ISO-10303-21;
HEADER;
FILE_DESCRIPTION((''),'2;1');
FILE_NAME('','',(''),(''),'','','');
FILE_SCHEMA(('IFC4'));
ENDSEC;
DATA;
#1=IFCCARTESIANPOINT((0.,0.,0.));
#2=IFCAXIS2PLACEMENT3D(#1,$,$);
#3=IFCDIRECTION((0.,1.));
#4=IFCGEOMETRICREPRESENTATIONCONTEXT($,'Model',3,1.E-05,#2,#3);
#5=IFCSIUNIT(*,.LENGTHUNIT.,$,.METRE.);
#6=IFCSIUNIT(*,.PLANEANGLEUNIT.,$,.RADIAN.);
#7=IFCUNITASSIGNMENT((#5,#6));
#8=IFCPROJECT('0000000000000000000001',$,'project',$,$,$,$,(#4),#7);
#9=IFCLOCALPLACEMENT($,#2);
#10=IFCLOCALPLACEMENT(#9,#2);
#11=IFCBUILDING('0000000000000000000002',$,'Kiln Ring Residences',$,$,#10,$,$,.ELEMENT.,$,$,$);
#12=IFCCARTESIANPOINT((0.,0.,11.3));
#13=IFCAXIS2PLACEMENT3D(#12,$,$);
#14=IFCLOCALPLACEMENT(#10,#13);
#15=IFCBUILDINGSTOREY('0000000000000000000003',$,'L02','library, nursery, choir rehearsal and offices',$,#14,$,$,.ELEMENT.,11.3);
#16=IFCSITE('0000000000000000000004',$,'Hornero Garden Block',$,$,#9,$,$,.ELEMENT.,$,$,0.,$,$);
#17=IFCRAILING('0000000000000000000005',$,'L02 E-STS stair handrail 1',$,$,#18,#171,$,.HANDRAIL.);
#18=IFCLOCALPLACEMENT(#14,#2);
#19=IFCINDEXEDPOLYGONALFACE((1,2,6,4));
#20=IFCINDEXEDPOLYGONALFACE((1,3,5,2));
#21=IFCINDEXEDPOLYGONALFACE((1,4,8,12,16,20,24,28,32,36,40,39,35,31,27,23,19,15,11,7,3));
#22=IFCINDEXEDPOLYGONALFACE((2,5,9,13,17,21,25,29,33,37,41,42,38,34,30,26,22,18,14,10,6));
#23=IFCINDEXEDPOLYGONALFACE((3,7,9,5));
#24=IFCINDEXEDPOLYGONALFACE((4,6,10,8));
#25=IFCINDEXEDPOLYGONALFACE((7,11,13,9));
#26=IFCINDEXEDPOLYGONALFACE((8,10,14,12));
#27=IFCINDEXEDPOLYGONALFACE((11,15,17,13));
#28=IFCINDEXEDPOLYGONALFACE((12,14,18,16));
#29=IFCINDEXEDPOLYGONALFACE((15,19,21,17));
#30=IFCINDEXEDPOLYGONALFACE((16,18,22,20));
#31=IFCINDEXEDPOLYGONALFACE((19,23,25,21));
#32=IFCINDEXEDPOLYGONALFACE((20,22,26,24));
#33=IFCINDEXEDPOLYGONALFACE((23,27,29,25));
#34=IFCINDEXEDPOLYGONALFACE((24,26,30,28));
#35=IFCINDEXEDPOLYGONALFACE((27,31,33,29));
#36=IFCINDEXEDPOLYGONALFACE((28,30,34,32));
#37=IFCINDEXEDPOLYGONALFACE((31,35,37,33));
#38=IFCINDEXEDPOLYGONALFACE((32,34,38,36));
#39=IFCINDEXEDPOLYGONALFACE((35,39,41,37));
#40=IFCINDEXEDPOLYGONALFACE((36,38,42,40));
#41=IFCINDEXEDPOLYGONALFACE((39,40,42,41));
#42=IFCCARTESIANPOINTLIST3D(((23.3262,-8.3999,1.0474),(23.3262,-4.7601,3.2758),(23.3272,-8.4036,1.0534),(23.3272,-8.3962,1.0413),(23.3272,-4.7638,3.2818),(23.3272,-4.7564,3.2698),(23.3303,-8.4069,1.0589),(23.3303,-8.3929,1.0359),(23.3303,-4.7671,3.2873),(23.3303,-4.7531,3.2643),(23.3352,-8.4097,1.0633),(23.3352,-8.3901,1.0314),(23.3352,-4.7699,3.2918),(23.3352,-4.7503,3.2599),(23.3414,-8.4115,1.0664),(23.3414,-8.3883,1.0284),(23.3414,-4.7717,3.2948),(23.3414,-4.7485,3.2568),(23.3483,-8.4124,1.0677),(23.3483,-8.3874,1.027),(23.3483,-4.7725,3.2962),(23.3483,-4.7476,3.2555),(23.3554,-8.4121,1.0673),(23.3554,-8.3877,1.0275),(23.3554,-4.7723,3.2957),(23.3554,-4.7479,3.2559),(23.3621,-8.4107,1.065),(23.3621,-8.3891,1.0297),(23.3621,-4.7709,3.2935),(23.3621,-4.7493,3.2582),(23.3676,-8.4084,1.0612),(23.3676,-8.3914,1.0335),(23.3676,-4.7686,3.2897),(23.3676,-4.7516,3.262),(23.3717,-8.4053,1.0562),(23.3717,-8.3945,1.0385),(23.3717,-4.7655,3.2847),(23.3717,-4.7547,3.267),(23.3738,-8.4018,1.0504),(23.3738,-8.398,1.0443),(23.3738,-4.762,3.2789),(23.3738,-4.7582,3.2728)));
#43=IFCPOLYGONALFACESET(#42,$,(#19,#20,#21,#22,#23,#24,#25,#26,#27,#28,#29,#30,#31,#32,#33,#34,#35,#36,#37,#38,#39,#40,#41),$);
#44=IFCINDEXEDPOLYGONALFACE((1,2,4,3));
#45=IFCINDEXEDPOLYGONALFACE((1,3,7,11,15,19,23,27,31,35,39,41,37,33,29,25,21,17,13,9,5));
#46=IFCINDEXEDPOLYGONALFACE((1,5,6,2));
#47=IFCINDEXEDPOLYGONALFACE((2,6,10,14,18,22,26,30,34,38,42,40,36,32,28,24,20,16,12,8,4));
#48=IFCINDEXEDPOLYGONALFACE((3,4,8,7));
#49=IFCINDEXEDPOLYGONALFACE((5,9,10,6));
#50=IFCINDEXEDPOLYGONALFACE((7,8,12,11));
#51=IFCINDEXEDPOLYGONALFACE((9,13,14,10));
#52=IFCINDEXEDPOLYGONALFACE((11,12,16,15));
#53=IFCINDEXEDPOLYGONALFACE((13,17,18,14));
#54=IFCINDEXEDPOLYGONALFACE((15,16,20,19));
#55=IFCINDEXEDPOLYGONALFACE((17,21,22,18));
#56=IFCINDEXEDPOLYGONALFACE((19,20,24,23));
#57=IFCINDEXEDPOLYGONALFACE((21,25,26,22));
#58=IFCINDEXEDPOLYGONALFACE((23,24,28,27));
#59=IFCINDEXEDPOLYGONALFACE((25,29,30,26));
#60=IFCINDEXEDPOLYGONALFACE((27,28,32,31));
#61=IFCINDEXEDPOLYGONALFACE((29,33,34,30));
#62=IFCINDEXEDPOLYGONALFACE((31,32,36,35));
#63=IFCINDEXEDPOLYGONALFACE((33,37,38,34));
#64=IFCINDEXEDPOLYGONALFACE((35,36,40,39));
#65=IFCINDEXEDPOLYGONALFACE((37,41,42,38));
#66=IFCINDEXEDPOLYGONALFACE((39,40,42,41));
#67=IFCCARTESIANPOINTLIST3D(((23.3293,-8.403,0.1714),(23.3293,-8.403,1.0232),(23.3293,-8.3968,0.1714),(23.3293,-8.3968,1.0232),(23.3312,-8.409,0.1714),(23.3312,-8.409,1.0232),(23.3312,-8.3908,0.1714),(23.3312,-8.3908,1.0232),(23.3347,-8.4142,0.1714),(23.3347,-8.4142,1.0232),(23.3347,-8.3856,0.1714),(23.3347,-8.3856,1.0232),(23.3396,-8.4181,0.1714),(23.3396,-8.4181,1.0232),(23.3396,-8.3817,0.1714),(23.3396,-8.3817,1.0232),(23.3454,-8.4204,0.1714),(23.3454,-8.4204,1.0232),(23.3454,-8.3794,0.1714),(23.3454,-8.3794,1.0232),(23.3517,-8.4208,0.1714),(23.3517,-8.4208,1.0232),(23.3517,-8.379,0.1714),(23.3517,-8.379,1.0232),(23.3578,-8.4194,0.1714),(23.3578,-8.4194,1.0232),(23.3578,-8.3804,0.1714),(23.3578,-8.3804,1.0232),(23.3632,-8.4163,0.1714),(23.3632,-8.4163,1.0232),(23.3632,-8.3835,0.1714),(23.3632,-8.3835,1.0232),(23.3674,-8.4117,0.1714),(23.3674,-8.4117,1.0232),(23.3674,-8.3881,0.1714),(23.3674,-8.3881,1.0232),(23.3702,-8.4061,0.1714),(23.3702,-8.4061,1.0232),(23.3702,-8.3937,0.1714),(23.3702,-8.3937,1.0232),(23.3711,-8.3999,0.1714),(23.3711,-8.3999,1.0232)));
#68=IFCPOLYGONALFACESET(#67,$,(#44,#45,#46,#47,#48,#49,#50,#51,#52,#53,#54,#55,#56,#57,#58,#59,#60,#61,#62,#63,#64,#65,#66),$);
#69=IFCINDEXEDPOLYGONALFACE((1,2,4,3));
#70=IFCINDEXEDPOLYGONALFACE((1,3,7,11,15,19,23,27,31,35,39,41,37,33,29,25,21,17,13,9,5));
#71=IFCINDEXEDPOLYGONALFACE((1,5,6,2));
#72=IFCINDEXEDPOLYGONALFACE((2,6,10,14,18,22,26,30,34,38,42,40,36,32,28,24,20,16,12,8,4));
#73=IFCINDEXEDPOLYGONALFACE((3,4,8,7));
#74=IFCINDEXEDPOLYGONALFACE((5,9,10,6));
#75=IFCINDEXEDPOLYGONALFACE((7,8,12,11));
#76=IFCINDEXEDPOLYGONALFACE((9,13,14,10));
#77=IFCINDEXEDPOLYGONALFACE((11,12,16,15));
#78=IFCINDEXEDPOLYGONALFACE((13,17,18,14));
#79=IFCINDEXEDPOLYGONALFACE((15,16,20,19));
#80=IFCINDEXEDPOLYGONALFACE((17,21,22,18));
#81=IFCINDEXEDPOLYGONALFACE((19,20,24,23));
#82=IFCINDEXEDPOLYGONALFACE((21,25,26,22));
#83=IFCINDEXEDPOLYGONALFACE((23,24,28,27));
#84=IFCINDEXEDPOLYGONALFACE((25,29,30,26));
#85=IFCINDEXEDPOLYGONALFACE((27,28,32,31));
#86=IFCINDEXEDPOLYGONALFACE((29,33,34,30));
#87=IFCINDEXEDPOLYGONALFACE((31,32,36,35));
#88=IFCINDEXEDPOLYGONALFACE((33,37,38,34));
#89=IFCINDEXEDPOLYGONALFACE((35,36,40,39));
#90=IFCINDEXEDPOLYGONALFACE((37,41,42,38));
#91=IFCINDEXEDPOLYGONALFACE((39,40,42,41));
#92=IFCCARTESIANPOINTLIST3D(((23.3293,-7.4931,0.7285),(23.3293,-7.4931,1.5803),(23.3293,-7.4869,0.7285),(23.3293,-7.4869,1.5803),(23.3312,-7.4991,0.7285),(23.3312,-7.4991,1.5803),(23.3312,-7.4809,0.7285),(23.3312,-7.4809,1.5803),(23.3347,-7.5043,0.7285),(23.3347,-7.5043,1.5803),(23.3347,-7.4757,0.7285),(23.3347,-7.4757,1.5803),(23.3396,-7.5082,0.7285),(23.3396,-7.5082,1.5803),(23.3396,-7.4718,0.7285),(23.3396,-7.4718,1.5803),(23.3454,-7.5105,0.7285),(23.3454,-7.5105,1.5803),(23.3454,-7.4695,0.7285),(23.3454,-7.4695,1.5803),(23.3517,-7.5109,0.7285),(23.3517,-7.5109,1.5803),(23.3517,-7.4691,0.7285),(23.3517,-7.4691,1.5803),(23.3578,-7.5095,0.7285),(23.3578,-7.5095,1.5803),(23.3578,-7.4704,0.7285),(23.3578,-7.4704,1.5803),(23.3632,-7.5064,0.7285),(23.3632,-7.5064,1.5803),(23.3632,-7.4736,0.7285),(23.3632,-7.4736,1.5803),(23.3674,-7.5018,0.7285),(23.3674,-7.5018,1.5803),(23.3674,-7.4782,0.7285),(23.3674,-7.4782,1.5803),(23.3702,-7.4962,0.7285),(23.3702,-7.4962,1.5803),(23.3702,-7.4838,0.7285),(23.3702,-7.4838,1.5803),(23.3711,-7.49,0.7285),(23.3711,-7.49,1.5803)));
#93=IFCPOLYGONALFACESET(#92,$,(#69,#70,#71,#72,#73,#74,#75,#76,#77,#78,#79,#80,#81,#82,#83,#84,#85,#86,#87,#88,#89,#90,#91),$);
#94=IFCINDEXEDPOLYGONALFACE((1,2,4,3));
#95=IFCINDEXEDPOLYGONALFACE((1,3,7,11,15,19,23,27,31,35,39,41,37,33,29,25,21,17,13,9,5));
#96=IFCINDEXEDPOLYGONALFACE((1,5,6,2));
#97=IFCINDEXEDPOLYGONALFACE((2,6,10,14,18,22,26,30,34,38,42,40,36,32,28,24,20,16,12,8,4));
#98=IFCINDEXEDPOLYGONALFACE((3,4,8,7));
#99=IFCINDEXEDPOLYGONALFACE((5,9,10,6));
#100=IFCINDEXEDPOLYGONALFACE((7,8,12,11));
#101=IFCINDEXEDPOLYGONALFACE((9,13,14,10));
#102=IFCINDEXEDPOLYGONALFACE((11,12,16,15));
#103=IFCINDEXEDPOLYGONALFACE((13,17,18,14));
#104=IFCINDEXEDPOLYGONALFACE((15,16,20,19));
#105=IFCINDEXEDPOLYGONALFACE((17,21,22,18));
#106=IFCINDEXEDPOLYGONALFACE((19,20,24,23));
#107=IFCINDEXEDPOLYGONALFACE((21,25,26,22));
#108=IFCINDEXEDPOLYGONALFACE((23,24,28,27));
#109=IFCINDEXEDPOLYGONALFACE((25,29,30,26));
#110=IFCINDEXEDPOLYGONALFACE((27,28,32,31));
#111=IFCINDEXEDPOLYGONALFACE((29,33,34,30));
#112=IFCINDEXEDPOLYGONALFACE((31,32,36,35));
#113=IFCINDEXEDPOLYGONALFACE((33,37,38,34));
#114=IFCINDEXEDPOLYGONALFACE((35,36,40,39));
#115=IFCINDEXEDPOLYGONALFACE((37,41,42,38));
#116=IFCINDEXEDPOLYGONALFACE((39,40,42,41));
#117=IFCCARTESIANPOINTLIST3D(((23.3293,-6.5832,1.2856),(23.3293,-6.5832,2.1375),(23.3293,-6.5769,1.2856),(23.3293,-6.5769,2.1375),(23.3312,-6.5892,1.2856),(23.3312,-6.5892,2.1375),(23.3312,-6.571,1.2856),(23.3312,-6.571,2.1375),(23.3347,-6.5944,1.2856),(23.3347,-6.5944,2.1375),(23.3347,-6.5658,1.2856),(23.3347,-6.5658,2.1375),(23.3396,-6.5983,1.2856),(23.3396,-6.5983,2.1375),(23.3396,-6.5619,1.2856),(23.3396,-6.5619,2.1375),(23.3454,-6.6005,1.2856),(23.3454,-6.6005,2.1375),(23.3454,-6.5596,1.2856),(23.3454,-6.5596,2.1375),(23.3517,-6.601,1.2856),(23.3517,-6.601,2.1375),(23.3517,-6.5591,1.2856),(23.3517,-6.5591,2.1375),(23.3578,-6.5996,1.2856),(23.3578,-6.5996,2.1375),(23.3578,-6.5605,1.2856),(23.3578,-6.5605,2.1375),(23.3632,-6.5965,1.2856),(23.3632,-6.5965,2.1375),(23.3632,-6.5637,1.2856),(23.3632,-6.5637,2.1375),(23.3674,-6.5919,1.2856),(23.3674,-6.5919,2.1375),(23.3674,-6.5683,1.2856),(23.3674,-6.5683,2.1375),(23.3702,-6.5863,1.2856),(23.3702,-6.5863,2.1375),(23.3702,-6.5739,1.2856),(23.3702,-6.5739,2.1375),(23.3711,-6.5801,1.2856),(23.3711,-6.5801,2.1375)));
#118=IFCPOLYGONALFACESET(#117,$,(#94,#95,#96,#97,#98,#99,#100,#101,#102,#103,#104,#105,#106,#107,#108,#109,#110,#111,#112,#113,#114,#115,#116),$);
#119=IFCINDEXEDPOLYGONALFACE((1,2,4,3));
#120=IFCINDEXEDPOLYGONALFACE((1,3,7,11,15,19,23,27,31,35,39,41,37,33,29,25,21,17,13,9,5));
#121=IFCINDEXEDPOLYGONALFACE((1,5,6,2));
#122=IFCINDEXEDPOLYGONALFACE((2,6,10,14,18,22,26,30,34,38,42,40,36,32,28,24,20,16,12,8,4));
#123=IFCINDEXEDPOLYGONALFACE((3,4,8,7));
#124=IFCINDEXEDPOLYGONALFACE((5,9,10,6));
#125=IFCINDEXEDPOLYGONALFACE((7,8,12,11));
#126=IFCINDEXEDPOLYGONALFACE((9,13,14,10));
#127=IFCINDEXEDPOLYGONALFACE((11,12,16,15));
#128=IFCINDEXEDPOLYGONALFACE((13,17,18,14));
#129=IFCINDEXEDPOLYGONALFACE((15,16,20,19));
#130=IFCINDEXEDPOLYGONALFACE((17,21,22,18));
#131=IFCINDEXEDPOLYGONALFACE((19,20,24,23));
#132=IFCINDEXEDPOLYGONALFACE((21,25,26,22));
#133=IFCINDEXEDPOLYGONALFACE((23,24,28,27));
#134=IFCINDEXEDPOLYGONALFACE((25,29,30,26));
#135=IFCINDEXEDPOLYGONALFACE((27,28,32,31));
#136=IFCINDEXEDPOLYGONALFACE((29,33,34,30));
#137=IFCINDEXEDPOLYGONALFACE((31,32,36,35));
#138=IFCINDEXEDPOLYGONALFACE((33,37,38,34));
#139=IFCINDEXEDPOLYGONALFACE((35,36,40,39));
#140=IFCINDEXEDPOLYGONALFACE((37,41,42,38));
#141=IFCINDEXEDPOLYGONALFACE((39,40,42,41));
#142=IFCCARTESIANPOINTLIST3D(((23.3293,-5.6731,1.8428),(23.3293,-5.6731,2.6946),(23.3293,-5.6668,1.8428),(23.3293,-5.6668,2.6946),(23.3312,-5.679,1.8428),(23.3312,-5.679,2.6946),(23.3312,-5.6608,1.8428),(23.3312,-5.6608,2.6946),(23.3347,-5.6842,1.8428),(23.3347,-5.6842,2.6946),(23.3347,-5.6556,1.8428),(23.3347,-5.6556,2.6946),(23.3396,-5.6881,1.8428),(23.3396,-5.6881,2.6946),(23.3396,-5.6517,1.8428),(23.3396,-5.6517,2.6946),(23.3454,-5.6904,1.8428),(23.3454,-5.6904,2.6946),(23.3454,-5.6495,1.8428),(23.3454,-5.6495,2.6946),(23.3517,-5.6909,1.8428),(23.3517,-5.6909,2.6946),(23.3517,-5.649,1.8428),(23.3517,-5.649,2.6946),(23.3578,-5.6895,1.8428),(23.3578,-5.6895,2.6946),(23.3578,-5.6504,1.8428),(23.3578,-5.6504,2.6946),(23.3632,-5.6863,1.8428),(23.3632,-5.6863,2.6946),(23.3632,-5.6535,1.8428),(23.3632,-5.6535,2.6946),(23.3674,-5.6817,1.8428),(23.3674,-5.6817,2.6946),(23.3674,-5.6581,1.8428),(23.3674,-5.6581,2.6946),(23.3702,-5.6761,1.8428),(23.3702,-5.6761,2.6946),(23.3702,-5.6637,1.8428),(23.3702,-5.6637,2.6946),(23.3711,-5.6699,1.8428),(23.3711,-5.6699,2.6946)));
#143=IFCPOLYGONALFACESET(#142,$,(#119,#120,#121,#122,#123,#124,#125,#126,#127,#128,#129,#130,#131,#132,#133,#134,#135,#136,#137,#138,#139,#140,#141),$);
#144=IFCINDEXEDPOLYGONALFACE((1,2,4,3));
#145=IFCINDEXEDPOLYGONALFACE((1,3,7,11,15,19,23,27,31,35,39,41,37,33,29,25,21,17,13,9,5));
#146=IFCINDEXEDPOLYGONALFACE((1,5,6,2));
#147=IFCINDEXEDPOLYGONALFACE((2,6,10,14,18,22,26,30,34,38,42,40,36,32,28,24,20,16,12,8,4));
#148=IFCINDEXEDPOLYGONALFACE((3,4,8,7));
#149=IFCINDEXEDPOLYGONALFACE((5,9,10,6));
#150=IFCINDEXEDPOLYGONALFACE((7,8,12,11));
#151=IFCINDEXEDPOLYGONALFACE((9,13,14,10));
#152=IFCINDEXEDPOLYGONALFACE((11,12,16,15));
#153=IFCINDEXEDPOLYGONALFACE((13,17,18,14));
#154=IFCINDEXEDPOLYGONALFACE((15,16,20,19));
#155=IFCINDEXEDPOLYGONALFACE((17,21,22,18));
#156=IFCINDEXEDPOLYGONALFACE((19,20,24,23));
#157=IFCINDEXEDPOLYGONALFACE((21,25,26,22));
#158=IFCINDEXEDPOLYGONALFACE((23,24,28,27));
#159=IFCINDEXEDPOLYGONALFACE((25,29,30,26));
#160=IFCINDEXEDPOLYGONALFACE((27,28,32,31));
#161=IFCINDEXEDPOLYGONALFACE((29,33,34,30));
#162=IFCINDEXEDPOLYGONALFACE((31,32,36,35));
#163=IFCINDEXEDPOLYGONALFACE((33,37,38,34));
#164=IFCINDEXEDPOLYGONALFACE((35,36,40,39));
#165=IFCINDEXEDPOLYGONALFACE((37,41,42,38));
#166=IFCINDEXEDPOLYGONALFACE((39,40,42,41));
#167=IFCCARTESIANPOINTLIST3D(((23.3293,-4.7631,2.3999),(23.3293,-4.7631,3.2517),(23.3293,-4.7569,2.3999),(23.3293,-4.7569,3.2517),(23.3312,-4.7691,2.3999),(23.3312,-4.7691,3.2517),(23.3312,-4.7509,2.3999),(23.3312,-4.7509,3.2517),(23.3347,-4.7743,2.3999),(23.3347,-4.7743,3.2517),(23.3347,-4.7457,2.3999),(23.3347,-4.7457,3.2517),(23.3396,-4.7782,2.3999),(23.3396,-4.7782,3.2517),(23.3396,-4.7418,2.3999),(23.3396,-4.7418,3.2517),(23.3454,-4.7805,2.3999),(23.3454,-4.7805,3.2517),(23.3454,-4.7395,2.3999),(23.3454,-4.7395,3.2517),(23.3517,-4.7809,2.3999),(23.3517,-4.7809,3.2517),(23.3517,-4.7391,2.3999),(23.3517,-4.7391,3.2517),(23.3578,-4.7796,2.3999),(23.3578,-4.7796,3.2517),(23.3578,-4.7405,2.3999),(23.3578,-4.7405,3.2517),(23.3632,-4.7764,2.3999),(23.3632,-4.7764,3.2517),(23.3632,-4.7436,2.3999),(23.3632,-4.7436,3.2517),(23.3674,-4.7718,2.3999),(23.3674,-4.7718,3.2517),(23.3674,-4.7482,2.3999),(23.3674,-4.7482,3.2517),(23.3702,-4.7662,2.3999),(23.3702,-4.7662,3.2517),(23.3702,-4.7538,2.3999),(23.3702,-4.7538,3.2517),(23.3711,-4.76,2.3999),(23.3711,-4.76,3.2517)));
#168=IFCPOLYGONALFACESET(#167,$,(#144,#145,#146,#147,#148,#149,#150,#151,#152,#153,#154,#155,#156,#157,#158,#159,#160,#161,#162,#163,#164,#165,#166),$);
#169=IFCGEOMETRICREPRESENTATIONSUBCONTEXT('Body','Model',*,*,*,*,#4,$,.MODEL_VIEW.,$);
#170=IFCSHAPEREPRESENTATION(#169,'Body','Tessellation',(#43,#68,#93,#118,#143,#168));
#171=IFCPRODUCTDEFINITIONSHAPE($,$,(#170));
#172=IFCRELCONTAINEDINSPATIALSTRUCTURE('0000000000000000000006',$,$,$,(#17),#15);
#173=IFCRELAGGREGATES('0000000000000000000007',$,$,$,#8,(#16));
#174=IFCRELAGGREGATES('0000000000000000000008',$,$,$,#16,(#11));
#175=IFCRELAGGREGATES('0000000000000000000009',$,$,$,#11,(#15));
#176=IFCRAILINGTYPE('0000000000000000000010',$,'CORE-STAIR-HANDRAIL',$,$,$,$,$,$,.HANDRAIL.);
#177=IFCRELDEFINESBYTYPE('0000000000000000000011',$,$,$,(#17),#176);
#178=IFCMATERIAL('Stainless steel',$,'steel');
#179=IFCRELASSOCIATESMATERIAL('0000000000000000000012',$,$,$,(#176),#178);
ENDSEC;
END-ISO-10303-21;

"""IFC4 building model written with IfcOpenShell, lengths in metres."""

from ifc_helpers import new_model, si_unit, direction, frame, origin, origin_2d, place, context, subcontext, project, spatial, circle, extrude, material, type_object, element, save


model = new_model("IFC4")

# Units and contexts
model_context = context("Model", 3, precision=1e-05, world=origin(), true_north=direction((0.0, 1.0)))
body_context = subcontext(model_context, "Body", "Model", "MODEL_VIEW")
ifc_project = project(units=[si_unit("LENGTHUNIT", "METRE"), si_unit("PLANEANGLEUNIT", "RADIAN")], contexts=[model_context])

# Site, building, storey
site_placement = place(None, origin())
site = spatial("IfcSite", under=ifc_project, at=site_placement, Name="Hornero Garden Block", CompositionType="ELEMENT", RefElevation=0.0)
building_placement = place(site_placement, origin())
building = spatial("IfcBuilding", under=site, at=building_placement, Name="Kiln Ring Residences", CompositionType="ELEMENT")
storey_placement = place(building_placement, frame((0.0, 0.0, 11.3)))
storey = spatial("IfcBuildingStorey", under=building, at=storey_placement, Name="L02", Description="library, nursery, choir rehearsal and offices", CompositionType="ELEMENT", Elevation=11.3)

# Railing
ifc_material_1 = material(Name="Stainless steel", Category="steel")
railing_type_1 = type_object("IfcRailingType", Name="CORE-STAIR-HANDRAIL", PredefinedType="HANDRAIL", material=ifc_material_1)
railing_1_placement = place(storey_placement, frame((23.3501, -8.3999, 0.1714)))
element("IfcRailing", 1, at=railing_1_placement, inside=storey, type_object=railing_type_1, Name="L02 E-STS stair handrail 1", PredefinedType="HANDRAIL", context=body_context, shape_type="SweptSolid", body=[
    extrude(circle(Radius=0.0239, at=origin_2d()), frame((0.0, 0.0, 0.876), z_axis=(0.0, 0.85285, 0.522156), x_axis=(-1.0, 0.0, 0.0)), (0.0, 0.0, 1.0), 4.2678),
    extrude(circle(Radius=0.021, at=origin_2d()), origin(), (0.0, 0.0, 1.0), 0.8518),
    extrude(circle(Radius=0.021, at=origin_2d()), frame((0.0, 0.9099, 0.5571)), (0.0, 0.0, 1.0), 0.8518),
    extrude(circle(Radius=0.021, at=origin_2d()), frame((0.0, 1.8198, 1.1143)), (0.0, 0.0, 1.0), 0.8518),
    extrude(circle(Radius=0.021, at=origin_2d()), frame((0.0, 2.73, 1.6714)), (0.0, 0.0, 1.0), 0.8518),
    extrude(circle(Radius=0.021, at=origin_2d()), frame((0.0, 3.6399, 2.2285)), (0.0, 0.0, 1.0), 0.8518),
])

save(model, "model.ifc")
